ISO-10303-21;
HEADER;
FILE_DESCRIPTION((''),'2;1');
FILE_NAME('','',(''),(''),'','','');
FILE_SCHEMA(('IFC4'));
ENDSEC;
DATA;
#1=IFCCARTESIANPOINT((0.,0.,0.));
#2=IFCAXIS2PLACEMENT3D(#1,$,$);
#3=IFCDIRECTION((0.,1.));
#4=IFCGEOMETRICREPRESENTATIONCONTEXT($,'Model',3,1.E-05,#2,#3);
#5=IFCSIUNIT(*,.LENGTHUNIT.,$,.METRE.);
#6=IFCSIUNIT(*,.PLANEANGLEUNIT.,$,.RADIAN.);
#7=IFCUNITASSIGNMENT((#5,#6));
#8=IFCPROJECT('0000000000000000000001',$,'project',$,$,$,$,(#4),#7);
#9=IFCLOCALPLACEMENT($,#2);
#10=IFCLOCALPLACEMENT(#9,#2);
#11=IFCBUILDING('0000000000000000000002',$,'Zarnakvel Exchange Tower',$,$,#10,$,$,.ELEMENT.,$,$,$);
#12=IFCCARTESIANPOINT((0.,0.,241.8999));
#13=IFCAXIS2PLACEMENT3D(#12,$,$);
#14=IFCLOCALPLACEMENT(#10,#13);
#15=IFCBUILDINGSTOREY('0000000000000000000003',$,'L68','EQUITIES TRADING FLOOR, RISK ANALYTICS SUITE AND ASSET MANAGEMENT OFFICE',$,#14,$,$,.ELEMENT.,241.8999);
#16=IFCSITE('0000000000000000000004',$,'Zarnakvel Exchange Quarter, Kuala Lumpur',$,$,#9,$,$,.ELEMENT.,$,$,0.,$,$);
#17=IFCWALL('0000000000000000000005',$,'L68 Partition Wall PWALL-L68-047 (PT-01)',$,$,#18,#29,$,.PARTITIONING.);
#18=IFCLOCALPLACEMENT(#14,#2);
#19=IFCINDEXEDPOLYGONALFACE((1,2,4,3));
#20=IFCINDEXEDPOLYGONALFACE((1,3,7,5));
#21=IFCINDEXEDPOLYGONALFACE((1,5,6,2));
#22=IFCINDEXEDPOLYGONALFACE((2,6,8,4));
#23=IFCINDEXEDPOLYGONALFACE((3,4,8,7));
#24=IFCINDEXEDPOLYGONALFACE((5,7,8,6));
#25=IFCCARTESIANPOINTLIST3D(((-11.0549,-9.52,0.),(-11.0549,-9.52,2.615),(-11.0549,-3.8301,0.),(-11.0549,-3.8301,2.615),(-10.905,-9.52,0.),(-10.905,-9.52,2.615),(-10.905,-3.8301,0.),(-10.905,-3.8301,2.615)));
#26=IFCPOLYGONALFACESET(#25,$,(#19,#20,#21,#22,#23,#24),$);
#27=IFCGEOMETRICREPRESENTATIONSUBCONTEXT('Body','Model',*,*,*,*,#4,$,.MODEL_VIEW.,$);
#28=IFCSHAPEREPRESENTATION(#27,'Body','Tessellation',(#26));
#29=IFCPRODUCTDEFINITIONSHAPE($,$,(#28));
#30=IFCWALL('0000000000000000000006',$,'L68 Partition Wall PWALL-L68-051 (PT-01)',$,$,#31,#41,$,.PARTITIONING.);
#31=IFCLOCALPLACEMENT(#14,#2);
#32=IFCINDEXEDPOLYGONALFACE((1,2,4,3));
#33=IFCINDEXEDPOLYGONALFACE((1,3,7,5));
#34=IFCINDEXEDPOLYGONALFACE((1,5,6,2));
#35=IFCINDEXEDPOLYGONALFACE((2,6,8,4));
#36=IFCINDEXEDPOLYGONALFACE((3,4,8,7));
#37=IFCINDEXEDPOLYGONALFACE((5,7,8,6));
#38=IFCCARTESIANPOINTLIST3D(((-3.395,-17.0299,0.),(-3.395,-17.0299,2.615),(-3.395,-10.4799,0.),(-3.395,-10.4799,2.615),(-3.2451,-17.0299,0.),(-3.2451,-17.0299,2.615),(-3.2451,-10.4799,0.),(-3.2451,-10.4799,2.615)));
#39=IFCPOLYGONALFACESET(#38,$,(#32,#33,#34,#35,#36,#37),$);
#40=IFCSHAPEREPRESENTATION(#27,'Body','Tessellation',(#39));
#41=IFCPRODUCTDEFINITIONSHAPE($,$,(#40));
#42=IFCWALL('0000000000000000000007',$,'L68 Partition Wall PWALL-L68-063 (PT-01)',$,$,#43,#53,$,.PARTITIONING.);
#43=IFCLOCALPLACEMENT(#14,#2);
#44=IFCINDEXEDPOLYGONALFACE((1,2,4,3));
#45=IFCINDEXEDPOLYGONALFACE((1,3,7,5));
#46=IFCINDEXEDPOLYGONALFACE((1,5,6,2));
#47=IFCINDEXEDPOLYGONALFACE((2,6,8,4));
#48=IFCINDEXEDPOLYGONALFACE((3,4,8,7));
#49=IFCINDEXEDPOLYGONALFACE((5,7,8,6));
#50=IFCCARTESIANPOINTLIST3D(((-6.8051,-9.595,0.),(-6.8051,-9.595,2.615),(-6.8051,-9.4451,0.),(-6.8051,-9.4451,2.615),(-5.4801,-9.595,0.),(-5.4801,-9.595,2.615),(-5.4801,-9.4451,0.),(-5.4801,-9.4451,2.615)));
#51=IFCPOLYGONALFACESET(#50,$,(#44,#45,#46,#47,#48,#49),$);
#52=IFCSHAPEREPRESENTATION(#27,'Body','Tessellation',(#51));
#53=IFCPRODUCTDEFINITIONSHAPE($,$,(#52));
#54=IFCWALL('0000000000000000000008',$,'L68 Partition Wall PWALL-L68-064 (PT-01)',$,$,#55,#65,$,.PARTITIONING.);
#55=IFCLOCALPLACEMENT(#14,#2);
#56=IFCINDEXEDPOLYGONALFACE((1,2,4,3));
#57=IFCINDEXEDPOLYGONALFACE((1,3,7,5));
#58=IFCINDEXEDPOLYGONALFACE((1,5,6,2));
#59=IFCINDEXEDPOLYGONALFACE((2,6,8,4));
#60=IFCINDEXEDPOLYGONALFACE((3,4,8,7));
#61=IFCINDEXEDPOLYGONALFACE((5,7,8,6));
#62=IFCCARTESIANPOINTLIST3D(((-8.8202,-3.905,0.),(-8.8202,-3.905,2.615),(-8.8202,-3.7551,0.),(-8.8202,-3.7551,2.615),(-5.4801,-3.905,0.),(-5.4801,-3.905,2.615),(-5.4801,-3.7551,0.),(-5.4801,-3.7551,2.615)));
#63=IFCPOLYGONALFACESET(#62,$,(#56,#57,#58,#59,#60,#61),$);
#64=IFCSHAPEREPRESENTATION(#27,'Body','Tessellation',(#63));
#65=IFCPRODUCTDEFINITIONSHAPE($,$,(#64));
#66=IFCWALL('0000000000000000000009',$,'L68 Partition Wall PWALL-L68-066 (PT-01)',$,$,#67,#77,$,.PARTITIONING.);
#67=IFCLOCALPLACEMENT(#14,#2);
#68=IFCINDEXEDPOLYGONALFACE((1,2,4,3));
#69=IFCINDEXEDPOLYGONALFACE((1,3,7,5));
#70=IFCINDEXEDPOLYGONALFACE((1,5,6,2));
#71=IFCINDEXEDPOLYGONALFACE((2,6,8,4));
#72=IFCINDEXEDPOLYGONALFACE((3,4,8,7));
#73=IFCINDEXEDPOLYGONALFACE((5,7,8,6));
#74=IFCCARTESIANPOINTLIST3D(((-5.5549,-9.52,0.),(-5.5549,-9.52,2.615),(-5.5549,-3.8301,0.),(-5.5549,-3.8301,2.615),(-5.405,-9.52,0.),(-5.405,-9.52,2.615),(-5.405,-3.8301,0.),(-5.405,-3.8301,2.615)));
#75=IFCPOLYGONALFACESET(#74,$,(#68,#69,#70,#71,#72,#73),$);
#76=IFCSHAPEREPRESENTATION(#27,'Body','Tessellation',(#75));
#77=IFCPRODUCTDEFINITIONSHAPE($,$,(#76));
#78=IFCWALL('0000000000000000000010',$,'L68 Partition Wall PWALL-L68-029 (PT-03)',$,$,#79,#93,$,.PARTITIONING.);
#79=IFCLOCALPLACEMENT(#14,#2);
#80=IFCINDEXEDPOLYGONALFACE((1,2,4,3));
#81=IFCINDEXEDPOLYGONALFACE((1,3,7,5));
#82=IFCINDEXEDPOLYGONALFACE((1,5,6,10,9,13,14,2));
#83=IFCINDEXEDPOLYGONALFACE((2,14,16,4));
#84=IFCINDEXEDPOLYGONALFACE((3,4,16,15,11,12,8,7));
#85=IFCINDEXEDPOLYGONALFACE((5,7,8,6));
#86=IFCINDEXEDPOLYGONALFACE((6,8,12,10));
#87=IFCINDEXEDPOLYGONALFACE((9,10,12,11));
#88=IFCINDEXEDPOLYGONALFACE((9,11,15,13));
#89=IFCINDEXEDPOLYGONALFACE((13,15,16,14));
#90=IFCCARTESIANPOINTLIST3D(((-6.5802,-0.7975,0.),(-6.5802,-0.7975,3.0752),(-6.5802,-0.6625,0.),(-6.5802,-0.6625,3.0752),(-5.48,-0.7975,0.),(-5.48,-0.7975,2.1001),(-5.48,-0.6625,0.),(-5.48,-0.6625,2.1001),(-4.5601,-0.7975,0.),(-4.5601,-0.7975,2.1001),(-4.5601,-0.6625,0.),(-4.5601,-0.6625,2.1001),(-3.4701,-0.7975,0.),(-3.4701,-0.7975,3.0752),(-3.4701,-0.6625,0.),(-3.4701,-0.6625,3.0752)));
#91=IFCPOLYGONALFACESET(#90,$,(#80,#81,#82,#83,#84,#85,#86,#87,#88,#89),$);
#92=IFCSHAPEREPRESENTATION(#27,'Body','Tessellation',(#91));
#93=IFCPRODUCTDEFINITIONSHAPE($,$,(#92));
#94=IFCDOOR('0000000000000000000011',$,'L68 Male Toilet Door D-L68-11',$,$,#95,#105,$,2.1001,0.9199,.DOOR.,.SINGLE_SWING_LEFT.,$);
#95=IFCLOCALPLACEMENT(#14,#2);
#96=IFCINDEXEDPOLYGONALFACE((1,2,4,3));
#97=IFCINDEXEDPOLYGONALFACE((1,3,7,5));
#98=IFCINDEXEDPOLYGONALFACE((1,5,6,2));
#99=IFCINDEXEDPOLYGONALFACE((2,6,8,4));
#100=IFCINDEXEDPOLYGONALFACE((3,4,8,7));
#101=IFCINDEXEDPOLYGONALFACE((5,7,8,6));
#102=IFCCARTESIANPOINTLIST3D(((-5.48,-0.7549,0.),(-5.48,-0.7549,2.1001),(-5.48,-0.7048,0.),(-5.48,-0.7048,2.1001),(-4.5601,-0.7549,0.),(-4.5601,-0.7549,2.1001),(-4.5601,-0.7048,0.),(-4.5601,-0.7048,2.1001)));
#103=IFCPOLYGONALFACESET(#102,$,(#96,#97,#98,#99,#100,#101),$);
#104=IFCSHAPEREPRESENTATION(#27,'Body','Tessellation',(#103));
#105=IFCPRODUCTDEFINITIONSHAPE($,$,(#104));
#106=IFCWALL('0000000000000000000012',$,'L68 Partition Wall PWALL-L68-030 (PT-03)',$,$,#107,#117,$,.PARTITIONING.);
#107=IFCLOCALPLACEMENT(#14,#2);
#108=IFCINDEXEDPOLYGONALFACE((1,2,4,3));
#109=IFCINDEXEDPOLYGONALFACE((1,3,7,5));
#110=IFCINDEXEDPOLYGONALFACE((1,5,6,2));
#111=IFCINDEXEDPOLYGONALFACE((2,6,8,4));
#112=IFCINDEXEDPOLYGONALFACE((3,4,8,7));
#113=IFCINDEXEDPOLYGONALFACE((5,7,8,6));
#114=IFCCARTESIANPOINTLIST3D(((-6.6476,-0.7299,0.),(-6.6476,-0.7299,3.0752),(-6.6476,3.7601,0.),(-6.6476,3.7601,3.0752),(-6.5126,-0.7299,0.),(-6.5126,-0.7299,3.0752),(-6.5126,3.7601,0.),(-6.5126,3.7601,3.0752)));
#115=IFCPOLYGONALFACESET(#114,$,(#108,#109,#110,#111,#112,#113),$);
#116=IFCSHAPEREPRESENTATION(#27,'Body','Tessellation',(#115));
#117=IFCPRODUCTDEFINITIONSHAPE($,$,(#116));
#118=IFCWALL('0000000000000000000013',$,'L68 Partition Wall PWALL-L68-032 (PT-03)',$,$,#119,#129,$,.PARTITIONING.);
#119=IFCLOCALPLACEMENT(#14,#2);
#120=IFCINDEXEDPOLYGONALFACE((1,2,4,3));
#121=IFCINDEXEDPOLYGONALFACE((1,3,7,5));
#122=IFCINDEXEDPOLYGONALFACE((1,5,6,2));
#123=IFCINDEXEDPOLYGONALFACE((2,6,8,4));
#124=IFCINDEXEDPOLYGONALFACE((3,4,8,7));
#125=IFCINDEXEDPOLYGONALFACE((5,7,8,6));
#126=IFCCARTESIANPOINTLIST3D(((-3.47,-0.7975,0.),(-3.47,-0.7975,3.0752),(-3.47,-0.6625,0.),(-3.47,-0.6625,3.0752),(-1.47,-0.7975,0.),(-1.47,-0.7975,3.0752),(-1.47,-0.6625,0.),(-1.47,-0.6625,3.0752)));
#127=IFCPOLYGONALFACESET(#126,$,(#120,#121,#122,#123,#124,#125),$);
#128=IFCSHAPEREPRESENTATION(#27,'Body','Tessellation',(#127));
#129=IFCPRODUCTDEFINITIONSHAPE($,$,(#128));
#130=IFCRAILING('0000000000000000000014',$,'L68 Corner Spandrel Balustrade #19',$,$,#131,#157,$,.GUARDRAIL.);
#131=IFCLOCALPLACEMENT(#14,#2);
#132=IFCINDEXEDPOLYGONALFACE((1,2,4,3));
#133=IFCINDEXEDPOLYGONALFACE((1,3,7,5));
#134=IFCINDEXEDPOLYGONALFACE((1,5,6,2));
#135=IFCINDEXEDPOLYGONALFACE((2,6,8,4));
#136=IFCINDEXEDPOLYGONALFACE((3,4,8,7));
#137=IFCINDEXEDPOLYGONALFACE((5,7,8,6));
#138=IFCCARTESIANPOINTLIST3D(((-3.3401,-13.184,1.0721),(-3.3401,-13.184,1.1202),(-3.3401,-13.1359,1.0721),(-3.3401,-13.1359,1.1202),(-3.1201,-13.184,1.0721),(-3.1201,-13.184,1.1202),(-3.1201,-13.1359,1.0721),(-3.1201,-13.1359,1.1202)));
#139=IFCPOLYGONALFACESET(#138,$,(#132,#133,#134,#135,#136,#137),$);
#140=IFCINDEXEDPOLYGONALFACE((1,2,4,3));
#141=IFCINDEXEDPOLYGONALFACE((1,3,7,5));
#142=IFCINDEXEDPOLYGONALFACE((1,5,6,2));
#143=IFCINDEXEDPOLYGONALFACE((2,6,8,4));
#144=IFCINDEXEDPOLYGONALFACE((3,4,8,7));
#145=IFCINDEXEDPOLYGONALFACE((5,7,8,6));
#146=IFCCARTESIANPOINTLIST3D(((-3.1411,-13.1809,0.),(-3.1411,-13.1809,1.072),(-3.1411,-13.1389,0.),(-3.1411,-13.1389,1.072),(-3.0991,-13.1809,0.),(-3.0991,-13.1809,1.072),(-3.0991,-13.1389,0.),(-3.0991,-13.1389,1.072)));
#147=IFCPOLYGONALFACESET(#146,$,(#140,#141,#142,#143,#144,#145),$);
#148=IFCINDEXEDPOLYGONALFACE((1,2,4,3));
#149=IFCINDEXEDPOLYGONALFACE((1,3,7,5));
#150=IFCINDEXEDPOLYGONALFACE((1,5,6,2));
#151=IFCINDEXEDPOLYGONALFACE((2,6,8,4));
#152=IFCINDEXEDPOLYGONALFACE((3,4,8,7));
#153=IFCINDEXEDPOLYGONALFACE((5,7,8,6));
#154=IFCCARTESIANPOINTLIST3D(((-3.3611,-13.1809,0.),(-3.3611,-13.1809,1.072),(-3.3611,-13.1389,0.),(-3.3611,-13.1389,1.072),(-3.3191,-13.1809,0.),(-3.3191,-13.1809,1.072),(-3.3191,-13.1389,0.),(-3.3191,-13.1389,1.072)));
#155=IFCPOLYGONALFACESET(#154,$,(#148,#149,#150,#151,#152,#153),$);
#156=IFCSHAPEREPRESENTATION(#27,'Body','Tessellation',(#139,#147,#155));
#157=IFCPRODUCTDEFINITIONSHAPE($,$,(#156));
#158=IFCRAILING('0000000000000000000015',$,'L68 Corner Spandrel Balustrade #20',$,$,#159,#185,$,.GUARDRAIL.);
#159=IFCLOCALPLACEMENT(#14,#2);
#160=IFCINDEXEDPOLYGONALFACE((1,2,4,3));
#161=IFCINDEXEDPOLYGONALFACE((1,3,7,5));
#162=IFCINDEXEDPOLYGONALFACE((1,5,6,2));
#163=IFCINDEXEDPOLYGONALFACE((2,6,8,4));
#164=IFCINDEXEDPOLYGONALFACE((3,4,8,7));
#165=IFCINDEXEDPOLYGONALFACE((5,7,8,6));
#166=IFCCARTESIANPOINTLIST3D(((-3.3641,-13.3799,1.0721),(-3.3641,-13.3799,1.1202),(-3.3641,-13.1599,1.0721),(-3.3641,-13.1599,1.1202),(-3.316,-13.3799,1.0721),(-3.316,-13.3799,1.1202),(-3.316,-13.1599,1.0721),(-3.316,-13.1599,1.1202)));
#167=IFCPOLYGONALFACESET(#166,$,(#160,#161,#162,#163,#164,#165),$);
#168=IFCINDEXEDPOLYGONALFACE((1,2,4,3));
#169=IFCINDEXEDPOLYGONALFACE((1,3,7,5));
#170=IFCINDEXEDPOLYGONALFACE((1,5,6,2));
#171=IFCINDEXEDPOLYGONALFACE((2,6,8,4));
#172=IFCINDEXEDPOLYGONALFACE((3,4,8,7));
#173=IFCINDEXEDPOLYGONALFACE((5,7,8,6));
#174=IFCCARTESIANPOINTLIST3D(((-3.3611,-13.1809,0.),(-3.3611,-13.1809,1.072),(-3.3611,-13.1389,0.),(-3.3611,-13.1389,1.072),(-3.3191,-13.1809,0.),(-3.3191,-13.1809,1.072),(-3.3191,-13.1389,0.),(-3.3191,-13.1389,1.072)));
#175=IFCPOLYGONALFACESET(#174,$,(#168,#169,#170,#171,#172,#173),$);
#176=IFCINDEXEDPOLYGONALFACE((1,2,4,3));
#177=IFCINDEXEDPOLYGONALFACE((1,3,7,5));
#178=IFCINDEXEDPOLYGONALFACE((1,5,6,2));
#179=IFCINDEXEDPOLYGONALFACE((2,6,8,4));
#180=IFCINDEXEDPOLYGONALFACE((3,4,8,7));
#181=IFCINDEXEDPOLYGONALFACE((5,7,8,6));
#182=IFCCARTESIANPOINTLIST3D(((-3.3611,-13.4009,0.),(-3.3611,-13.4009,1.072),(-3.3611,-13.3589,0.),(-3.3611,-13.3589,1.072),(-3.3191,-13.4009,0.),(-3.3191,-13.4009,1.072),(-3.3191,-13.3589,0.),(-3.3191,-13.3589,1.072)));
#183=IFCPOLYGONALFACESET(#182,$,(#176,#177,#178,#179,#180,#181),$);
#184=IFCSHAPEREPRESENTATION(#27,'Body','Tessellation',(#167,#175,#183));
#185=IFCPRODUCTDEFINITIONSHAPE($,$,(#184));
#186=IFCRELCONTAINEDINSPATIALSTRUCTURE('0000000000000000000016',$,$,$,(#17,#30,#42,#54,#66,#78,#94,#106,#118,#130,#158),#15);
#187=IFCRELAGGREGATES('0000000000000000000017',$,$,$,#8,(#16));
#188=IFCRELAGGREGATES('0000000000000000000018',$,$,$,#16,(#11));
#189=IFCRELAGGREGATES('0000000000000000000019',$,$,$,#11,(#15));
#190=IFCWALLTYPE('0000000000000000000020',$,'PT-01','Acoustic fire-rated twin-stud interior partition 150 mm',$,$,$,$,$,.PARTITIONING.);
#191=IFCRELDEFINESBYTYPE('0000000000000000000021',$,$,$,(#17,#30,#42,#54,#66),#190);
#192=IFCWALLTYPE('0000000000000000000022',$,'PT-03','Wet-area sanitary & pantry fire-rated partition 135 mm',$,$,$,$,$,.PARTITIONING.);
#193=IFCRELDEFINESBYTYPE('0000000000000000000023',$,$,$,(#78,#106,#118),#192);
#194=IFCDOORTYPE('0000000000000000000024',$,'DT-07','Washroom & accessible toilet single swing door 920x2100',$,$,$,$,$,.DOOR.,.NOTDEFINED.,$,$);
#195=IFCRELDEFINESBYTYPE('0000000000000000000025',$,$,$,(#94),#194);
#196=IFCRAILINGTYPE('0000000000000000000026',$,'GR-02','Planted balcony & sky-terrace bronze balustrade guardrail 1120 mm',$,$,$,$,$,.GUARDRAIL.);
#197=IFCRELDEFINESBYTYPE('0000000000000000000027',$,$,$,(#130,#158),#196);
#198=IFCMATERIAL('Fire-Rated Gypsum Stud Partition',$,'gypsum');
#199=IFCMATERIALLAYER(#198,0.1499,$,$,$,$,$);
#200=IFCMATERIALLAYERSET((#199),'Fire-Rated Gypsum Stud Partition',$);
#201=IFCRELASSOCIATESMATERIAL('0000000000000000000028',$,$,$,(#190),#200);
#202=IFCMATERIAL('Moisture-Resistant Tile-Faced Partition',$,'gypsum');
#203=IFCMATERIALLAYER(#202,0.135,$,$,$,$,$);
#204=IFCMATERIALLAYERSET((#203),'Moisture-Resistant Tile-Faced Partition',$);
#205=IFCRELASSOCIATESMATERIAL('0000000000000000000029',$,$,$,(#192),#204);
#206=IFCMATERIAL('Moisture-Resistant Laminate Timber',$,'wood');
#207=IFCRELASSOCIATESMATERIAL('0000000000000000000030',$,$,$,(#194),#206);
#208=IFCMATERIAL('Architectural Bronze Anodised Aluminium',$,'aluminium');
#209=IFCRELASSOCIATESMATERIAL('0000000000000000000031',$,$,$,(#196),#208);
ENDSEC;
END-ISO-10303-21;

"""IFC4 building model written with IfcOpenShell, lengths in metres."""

from ifc_helpers import new_model, si_unit, direction, frame, frame_2d, origin, origin_2d, place, context, subcontext, project, spatial, rectangle, extrude, source, transform, mapped, material, layer, layer_set, type_object, element, fill, save


model = new_model("IFC4")

# Units and contexts
model_context = context("Model", 3, precision=1e-05, world=origin(), true_north=direction((0.0, 1.0)))
body_context = subcontext(model_context, "Body", "Model", "MODEL_VIEW")
ifc_project = project(units=[si_unit("LENGTHUNIT", "METRE"), si_unit("PLANEANGLEUNIT", "RADIAN")], contexts=[model_context])

# Site, building, storey
site_placement = place(None, origin())
site = spatial("IfcSite", under=ifc_project, at=site_placement, Name="Zarnakvel Exchange Quarter, Kuala Lumpur", CompositionType="ELEMENT", RefElevation=0.0)
building_placement = place(site_placement, origin())
building = spatial("IfcBuilding", under=site, at=building_placement, Name="Zarnakvel Exchange Tower", CompositionType="ELEMENT")
storey_placement = place(building_placement, frame((0.0, 0.0, 241.8999)))
storey = spatial("IfcBuildingStorey", under=building, at=storey_placement, Name="L68", Description="EQUITIES TRADING FLOOR, RISK ANALYTICS SUITE AND ASSET MANAGEMENT OFFICE", CompositionType="ELEMENT", Elevation=241.8999)

# Walls
ifc_material_1 = material(Name="Fire-Rated Gypsum Stud Partition", Category="gypsum")
ifc_layer_1 = layer(ifc_material_1, 0.1499)
ifc_layer_set_1 = layer_set([ifc_layer_1], Name="Fire-Rated Gypsum Stud Partition")
wall_type_1 = type_object("IfcWallType", Name="PT-01", Description="Acoustic fire-rated twin-stud interior partition 150 mm", PredefinedType="PARTITIONING", material=ifc_layer_set_1)
wall_1_placement = place(storey_placement, frame((-10.98, -3.8301, 0.0), z_axis=(0.0, 0.0, 1.0), x_axis=(0.0, -1.0, 0.0)))
element("IfcWall", 1, at=wall_1_placement, inside=storey, type_object=wall_type_1, Name="L68 Partition Wall PWALL-L68-047 (PT-01)", PredefinedType="PARTITIONING", context=body_context, shape_type="SweptSolid", body=[
    extrude(rectangle(XDim=5.6899, YDim=0.1499, at=frame_2d((2.845, 0.0))), origin(), (0.0, 0.0, 1.0), 2.615),
])
wall_2_placement = place(storey_placement, frame((-3.3201, -10.48, 0.0), z_axis=(0.0, 0.0, 1.0), x_axis=(0.0, -1.0, 0.0)))
element("IfcWall", 2, at=wall_2_placement, inside=storey, type_object=wall_type_1, Name="L68 Partition Wall PWALL-L68-051 (PT-01)", PredefinedType="PARTITIONING", context=body_context, shape_type="SweptSolid", body=[
    extrude(rectangle(XDim=6.55, YDim=0.1499, at=frame_2d((3.2749, 0.0))), origin(), (0.0, 0.0, 1.0), 2.615),
])
wall_3_placement = place(storey_placement, frame((-5.48, -9.52, 0.0), z_axis=(0.0, 0.0, 1.0), x_axis=(-1.0, 0.0, 0.0)))
element("IfcWall", 3, at=wall_3_placement, inside=storey, type_object=wall_type_1, Name="L68 Partition Wall PWALL-L68-063 (PT-01)", PredefinedType="PARTITIONING", context=body_context, shape_type="SweptSolid", body=[
    extrude(rectangle(XDim=1.325, YDim=0.1499, at=frame_2d((0.6626, 0.0))), origin(), (0.0, 0.0, 1.0), 2.615),
])
wall_4_placement = place(storey_placement, frame((-8.8201, -3.8301, 0.0), z_axis=(0.0, 0.0, 1.0), x_axis=(1.0, 0.0, 0.0)))
element("IfcWall", 4, at=wall_4_placement, inside=storey, type_object=wall_type_1, Name="L68 Partition Wall PWALL-L68-064 (PT-01)", PredefinedType="PARTITIONING", context=body_context, shape_type="SweptSolid", body=[
    extrude(rectangle(XDim=3.3401, YDim=0.1499, at=frame_2d((1.6699, 0.0))), origin(), (0.0, 0.0, 1.0), 2.615),
])

# Wall
wall_5_placement = place(storey_placement, frame((-5.48, -3.8301, 0.0), z_axis=(0.0, 0.0, 1.0), x_axis=(0.0, -1.0, 0.0)))
element("IfcWall", 5, at=wall_5_placement, inside=storey, type_object=wall_type_1, Name="L68 Partition Wall PWALL-L68-066 (PT-01)", PredefinedType="PARTITIONING", context=body_context, shape_type="SweptSolid", body=[
    extrude(rectangle(XDim=5.6899, YDim=0.1499, at=frame_2d((2.845, 0.0))), origin(), (0.0, 0.0, 1.0), 2.615),
])

# Wall, opening, door
ifc_material_2 = material(Name="Moisture-Resistant Tile-Faced Partition", Category="gypsum")
ifc_layer_2 = layer(ifc_material_2, 0.135)
ifc_layer_set_2 = layer_set([ifc_layer_2], Name="Moisture-Resistant Tile-Faced Partition")
wall_type_2 = type_object("IfcWallType", Name="PT-03", Description="Wet-area sanitary & pantry fire-rated partition 135 mm", PredefinedType="PARTITIONING", material=ifc_layer_set_2)
wall_6_placement = place(storey_placement, frame((-3.47, -0.73, 0.0), z_axis=(0.0, 0.0, 1.0), x_axis=(-1.0, 0.0, 0.0)))
wall_6 = element("IfcWall", 6, at=wall_6_placement, inside=storey, type_object=wall_type_2, Name="L68 Partition Wall PWALL-L68-029 (PT-03)", PredefinedType="PARTITIONING", context=body_context, shape_type="SweptSolid", body=[
    extrude(rectangle(XDim=3.1101, YDim=0.135, at=frame_2d((1.5552, 0.0))), origin(), (0.0, 0.0, 1.0), 3.0752),
])
opening_1_placement = place(wall_6_placement, frame((1.0901, 0.0, 0.0)))
opening_1 = element("IfcOpeningElement", 7, at=opening_1_placement, cuts=wall_6, PredefinedType="OPENING", context=body_context, shape_type="SweptSolid", body=[
    extrude(rectangle(XDim=0.9199, YDim=2.1001, at=frame_2d((0.46, 1.05))), frame((0.0, 0.0774, 0.0), z_axis=(0.0, -1.0, 0.0), x_axis=(1.0, 0.0, 0.0)), (0.0, 0.0, 1.0), 0.155),
])
ifc_material_3 = material(Name="Moisture-Resistant Laminate Timber", Category="wood")
door_type_1 = type_object("IfcDoorType", Name="DT-07", Description="Washroom & accessible toilet single swing door 920x2100", OperationType="NOTDEFINED", PredefinedType="DOOR", material=ifc_material_3)
shared_shape_1 = source(origin(), body_context, "Body", "SweptSolid", [
    extrude(rectangle(XDim=0.9199, YDim=2.1001, at=frame_2d((0.46, 1.05))), frame((0.0, 0.0249, 0.0), z_axis=(0.0, -1.0, 0.0), x_axis=(1.0, 0.0, 0.0)), (0.0, 0.0, 1.0), 0.05),
])
door_1_placement = place(opening_1_placement, origin())
door_1 = element("IfcDoor", 8, at=door_1_placement, inside=storey, type_object=door_type_1, Name="L68 Male Toilet Door D-L68-11", OperationType="SINGLE_SWING_LEFT", OverallHeight=2.1001, OverallWidth=0.9199, PredefinedType="DOOR", context=body_context, shape_type="MappedRepresentation", body=[
    mapped(shared_shape_1, transform((0.0, 0.0, 0.0), x_axis=(1.0, 0.0, 0.0), y_axis=(0.0, 1.0, 0.0), z_axis=(0.0, 0.0, 1.0), scale=1.0)),
])
fill(opening_1, door_1)

# Walls
wall_7_placement = place(storey_placement, frame((-6.5801, -0.73, 0.0), z_axis=(0.0, 0.0, 1.0), x_axis=(0.0, 1.0, 0.0)))
element("IfcWall", 9, at=wall_7_placement, inside=storey, type_object=wall_type_2, Name="L68 Partition Wall PWALL-L68-030 (PT-03)", PredefinedType="PARTITIONING", context=body_context, shape_type="SweptSolid", body=[
    extrude(rectangle(XDim=4.49, YDim=0.135, at=frame_2d((2.2451, 0.0))), origin(), (0.0, 0.0, 1.0), 3.0752),
])
wall_8_placement = place(storey_placement, frame((-1.47, -0.73, 0.0), z_axis=(0.0, 0.0, 1.0), x_axis=(-1.0, 0.0, 0.0)))
element("IfcWall", 10, at=wall_8_placement, inside=storey, type_object=wall_type_2, Name="L68 Partition Wall PWALL-L68-032 (PT-03)", PredefinedType="PARTITIONING", context=body_context, shape_type="SweptSolid", body=[
    extrude(rectangle(XDim=2.0, YDim=0.135, at=frame_2d((1.0, 0.0))), origin(), (0.0, 0.0, 1.0), 3.0752),
])

# Railings
ifc_material_4 = material(Name="Architectural Bronze Anodised Aluminium", Category="aluminium")
railing_type_1 = type_object("IfcRailingType", Name="GR-02", Description="Planted balcony & sky-terrace bronze balustrade guardrail 1120 mm", PredefinedType="GUARDRAIL", material=ifc_material_4)
railing_1_placement = place(storey_placement, frame((-3.1201, -13.1599, 0.0)))
element("IfcRailing", 11, at=railing_1_placement, inside=storey, type_object=railing_type_1, Name="L68 Corner Spandrel Balustrade #19", PredefinedType="GUARDRAIL", context=body_context, shape_type="SweptSolid", body=[
    extrude(rectangle(XDim=0.0481, YDim=0.0481, at=origin_2d()), frame((0.0, 0.0, 1.0962), z_axis=(-1.0, 0.0, 0.0), x_axis=(0.0, -1.0, 0.0)), (0.0, 0.0, 1.0), 0.22),
    extrude(rectangle(XDim=0.042, YDim=0.042, at=origin_2d()), origin(), (0.0, 0.0, 1.0), 1.072),
    extrude(rectangle(XDim=0.042, YDim=0.042, at=origin_2d()), frame((-0.22, 0.0, 0.0)), (0.0, 0.0, 1.0), 1.072),
])
railing_2_placement = place(storey_placement, frame((-3.3401, -13.1599, 0.0)))
element("IfcRailing", 12, at=railing_2_placement, inside=storey, type_object=railing_type_1, Name="L68 Corner Spandrel Balustrade #20", PredefinedType="GUARDRAIL", context=body_context, shape_type="SweptSolid", body=[
    extrude(rectangle(XDim=0.0481, YDim=0.0481, at=origin_2d()), frame((0.0, 0.0, 1.0962), z_axis=(0.0, -1.0, 0.0), x_axis=(1.0, 0.0, 0.0)), (0.0, 0.0, 1.0), 0.22),
    extrude(rectangle(XDim=0.042, YDim=0.042, at=origin_2d()), origin(), (0.0, 0.0, 1.0), 1.072),
    extrude(rectangle(XDim=0.042, YDim=0.042, at=origin_2d()), frame((0.0, -0.22, 0.0)), (0.0, 0.0, 1.0), 1.072),
])

save(model, "model.ifc")
